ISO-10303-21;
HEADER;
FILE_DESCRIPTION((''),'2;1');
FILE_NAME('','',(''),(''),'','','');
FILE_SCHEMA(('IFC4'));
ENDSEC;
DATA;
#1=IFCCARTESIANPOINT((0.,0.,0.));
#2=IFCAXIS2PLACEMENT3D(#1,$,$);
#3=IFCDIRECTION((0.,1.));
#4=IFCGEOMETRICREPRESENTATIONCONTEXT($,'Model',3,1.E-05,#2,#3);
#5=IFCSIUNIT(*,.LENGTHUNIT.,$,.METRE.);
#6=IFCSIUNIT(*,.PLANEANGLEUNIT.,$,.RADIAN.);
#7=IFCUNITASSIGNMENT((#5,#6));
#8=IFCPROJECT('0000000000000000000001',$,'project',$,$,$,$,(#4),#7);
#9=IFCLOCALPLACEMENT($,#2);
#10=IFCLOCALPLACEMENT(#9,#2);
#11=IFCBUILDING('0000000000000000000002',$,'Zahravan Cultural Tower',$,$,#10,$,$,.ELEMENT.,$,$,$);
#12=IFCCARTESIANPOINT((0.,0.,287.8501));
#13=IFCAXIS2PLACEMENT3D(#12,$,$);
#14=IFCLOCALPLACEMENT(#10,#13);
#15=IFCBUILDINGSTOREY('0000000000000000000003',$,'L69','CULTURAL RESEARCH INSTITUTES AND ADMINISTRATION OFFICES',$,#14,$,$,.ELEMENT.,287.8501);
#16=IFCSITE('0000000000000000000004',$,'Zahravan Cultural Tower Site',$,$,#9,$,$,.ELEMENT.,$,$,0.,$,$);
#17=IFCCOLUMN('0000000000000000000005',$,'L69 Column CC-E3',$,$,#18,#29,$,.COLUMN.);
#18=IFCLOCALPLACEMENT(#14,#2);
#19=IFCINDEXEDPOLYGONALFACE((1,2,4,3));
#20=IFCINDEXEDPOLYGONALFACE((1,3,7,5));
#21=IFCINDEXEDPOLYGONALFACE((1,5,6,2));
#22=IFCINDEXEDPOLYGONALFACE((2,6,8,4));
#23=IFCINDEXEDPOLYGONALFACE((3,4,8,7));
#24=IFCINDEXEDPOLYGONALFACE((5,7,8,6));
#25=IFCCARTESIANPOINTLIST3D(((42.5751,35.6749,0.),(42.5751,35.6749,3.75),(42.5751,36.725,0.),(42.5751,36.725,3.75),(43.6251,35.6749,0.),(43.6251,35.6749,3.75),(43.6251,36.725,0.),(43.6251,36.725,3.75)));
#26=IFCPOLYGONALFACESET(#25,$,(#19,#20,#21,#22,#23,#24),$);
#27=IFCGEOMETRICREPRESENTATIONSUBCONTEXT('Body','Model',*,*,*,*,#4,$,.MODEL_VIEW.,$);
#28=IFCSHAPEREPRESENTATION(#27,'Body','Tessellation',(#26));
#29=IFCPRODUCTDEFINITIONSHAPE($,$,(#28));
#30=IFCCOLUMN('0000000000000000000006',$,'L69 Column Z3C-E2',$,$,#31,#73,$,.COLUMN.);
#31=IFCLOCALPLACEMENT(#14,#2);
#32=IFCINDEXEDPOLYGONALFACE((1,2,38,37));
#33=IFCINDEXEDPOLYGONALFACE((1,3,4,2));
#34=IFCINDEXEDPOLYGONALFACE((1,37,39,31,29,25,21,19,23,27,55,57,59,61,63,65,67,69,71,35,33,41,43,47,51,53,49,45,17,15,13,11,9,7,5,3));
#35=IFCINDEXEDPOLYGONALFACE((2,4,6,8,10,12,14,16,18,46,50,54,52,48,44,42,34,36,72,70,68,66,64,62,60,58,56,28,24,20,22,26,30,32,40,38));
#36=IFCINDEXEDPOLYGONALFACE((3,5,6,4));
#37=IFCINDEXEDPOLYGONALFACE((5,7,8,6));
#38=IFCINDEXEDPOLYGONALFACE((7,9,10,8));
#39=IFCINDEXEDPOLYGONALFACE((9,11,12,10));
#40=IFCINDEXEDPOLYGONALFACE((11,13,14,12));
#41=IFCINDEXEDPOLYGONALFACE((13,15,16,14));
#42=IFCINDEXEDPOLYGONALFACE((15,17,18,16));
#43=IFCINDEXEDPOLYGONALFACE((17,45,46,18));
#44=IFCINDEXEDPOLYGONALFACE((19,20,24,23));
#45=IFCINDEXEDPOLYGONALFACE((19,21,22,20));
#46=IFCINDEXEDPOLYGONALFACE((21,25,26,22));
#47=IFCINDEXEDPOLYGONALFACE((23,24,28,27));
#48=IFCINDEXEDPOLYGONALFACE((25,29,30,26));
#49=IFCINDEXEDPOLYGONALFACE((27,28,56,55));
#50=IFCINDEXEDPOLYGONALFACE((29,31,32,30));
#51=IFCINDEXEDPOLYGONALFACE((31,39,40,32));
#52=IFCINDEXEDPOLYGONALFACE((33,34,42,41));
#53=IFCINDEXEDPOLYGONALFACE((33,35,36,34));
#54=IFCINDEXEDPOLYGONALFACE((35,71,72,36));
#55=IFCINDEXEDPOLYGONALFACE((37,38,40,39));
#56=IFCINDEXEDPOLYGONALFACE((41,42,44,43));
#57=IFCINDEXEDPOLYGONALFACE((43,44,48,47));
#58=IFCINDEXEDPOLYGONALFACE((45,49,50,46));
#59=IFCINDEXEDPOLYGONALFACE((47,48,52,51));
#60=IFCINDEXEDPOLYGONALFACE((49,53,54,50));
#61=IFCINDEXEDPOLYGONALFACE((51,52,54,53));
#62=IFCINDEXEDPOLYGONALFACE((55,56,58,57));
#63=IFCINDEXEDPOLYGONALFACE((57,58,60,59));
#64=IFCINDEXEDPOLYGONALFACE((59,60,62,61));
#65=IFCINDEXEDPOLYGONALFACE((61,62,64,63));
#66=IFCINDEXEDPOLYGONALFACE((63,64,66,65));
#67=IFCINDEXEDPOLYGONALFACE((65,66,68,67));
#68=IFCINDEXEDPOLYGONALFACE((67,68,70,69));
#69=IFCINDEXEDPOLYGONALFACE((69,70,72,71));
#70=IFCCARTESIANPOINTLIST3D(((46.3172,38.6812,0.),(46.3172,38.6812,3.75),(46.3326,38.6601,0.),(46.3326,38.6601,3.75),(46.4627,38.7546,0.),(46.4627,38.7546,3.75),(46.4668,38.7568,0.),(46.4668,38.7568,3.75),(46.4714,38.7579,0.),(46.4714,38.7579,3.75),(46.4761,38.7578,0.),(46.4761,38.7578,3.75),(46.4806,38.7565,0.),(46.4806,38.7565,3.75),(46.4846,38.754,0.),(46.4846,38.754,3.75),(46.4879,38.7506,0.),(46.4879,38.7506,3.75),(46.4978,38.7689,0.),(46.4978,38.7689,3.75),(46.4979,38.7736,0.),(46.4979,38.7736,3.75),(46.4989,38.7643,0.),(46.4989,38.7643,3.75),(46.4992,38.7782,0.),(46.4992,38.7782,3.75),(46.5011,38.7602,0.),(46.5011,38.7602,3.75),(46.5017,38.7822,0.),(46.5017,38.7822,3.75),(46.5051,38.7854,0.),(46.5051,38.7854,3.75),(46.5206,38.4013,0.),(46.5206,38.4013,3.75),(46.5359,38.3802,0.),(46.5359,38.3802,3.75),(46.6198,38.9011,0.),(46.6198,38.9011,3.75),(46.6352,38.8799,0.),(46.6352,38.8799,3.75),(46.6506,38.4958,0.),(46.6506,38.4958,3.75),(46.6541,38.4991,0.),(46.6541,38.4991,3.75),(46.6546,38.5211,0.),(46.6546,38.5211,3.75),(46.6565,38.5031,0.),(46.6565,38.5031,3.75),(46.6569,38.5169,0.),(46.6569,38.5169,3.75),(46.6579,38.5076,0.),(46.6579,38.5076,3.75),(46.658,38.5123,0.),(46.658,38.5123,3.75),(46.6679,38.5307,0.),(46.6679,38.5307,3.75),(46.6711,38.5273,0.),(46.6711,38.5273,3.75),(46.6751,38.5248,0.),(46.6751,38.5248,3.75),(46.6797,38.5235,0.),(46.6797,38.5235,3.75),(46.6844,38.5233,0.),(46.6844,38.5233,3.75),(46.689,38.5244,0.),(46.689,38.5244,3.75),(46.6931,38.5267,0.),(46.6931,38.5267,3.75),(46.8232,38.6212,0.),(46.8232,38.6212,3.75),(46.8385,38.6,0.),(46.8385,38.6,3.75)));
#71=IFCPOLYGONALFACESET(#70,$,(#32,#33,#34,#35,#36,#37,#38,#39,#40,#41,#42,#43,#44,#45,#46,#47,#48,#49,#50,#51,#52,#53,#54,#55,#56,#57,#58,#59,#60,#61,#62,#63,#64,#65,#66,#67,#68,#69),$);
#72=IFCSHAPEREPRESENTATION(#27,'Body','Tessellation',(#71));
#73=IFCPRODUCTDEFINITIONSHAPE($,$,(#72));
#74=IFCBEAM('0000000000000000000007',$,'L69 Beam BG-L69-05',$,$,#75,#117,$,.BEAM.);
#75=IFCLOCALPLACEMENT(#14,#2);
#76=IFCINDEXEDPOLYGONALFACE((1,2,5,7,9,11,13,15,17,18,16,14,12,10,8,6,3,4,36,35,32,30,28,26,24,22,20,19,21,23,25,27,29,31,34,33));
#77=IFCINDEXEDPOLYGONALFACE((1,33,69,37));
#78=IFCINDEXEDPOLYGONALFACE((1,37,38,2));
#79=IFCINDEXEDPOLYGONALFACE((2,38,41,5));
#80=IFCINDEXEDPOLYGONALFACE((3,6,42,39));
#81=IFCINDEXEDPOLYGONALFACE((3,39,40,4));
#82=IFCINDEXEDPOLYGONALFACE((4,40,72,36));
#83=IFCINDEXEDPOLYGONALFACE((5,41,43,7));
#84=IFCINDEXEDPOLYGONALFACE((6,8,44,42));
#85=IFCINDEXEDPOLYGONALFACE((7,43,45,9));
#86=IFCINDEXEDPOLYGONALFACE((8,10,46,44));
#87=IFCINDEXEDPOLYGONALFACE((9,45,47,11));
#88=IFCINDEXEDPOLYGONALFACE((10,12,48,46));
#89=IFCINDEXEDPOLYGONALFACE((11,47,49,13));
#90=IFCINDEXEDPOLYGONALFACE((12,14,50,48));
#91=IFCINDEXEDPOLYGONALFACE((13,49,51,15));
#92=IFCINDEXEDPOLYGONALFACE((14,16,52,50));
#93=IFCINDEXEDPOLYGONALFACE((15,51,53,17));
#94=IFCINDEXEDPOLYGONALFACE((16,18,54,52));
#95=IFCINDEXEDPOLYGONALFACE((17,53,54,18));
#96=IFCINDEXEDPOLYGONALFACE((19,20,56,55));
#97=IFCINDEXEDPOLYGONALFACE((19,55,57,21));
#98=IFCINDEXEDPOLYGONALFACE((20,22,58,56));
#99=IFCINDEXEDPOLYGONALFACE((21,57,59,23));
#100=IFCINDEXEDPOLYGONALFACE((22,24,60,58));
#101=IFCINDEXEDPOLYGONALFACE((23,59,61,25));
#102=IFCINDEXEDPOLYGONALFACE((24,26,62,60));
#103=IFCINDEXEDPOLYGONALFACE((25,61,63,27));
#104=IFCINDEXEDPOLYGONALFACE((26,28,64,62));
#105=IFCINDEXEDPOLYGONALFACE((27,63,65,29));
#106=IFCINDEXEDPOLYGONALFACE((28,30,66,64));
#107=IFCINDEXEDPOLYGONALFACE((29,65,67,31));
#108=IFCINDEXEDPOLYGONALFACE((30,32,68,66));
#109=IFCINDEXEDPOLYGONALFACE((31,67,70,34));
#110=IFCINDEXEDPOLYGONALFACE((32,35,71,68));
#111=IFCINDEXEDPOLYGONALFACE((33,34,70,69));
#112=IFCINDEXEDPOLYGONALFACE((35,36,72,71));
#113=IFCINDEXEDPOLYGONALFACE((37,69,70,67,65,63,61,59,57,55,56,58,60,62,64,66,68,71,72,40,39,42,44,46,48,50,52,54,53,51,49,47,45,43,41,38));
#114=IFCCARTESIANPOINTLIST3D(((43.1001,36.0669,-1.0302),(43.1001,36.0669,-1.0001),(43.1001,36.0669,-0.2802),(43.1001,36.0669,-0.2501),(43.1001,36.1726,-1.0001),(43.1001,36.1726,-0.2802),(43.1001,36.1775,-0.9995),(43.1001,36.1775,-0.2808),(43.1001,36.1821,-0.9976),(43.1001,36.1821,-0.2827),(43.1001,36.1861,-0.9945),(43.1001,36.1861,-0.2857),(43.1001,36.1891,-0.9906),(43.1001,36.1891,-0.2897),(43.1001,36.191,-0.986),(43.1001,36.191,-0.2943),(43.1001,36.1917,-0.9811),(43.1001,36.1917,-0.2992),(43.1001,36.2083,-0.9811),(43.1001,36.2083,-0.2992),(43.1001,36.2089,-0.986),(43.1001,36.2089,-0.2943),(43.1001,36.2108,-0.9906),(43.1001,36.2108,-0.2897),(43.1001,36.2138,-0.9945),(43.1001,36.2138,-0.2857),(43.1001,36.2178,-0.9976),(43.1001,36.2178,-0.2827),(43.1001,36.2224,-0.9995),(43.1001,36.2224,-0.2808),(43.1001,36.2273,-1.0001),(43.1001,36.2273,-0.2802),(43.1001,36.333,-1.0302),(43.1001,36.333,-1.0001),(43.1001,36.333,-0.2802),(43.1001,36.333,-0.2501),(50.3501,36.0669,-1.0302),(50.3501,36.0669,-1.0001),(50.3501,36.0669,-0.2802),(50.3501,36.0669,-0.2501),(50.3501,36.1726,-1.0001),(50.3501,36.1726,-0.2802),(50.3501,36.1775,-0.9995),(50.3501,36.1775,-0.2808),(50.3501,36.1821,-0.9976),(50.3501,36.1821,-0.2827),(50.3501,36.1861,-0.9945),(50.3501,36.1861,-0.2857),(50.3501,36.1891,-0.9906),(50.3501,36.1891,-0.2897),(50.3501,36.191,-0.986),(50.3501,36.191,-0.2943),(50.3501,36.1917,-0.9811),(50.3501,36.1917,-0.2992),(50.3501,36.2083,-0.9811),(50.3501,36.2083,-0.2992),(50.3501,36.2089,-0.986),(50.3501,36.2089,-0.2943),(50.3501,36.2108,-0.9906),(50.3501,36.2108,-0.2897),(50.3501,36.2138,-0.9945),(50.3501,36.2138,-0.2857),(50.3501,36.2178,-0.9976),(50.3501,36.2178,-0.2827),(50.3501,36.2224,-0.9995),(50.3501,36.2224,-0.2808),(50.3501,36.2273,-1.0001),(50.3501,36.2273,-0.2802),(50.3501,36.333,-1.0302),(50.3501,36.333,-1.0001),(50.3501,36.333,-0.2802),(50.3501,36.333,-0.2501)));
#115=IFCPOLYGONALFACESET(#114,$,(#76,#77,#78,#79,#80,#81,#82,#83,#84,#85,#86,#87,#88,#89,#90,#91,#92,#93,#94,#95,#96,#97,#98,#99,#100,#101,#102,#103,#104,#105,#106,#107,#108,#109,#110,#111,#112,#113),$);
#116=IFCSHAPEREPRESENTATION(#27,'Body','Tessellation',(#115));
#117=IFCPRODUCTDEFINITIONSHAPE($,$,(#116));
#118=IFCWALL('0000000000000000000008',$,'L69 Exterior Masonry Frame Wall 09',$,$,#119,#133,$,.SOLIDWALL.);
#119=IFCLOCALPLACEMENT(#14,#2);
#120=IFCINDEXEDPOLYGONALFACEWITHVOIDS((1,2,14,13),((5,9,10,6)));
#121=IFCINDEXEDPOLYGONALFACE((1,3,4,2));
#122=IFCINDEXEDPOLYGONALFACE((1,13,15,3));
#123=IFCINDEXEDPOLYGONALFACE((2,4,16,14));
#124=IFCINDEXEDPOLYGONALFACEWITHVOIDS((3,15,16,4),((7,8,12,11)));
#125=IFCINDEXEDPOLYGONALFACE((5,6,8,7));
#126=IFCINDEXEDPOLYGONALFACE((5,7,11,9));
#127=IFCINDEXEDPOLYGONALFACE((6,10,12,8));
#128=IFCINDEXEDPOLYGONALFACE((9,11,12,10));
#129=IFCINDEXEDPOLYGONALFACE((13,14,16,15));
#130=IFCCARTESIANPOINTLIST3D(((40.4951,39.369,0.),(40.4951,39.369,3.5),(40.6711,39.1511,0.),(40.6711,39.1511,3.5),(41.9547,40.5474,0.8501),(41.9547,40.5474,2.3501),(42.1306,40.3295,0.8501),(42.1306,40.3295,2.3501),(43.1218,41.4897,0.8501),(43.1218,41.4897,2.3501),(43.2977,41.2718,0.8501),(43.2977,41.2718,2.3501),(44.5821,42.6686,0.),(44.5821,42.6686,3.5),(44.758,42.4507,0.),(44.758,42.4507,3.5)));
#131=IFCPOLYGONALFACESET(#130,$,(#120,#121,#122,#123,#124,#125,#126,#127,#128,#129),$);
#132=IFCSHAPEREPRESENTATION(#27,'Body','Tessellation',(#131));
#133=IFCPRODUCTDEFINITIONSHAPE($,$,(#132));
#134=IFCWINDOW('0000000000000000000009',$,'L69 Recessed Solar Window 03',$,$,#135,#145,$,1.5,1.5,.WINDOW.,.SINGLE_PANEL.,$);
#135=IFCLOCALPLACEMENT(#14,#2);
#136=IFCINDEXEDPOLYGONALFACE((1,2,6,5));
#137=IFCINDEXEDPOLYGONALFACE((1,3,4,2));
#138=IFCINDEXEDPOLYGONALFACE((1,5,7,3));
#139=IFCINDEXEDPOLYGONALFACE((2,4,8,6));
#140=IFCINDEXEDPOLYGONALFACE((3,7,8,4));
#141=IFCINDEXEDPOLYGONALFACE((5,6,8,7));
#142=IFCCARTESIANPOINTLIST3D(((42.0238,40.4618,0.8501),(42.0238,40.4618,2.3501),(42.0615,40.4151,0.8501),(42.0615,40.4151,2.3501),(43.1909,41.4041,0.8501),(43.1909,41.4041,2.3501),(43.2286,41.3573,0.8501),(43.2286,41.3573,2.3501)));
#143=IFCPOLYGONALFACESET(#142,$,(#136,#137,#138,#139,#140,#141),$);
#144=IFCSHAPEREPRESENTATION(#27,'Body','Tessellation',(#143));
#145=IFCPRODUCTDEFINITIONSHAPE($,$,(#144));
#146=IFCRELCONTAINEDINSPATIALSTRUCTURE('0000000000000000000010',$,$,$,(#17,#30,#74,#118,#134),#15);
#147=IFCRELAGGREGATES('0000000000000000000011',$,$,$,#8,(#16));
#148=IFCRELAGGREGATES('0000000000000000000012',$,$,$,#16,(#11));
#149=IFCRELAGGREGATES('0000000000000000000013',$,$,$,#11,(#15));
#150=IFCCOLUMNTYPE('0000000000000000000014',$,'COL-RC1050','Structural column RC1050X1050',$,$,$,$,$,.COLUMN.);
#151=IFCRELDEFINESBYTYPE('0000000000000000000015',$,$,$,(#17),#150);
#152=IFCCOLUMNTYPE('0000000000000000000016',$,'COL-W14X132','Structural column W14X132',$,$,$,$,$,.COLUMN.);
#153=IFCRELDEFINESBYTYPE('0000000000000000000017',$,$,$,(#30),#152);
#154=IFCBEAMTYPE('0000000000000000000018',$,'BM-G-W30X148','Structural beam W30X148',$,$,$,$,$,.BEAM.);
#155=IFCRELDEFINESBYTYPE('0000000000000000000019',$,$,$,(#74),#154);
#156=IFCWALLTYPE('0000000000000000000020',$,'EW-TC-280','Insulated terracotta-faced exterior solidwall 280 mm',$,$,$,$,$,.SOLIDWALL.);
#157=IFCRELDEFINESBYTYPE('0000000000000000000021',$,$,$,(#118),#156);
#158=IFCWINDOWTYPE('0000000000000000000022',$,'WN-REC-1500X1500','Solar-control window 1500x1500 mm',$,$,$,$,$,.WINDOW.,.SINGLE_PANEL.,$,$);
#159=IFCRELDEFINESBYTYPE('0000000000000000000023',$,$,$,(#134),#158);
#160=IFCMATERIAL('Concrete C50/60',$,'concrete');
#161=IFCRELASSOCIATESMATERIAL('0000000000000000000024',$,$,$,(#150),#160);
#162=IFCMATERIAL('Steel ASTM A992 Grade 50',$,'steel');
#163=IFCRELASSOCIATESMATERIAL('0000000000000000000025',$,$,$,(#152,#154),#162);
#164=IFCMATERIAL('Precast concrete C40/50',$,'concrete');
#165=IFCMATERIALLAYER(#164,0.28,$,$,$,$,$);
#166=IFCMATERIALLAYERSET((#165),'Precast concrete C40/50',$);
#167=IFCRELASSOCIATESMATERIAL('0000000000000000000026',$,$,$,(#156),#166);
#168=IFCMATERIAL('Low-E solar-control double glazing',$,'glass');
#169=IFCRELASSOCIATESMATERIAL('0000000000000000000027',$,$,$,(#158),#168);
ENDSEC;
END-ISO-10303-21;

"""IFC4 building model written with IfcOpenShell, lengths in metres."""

from ifc_helpers import new_model, si_unit, direction, frame, frame_2d, origin, origin_2d, place, context, subcontext, project, spatial, rectangle, i_section, extrude, source, transform, mapped, material, layer, layer_set, material_profile, profile_set, type_object, element, fill, save


model = new_model("IFC4")

# Units and contexts
model_context = context("Model", 3, precision=1e-05, world=origin(), true_north=direction((0.0, 1.0)))
body_context = subcontext(model_context, "Body", "Model", "MODEL_VIEW")
ifc_project = project(units=[si_unit("LENGTHUNIT", "METRE"), si_unit("PLANEANGLEUNIT", "RADIAN")], contexts=[model_context])

# Site, building, storey
site_placement = place(None, origin())
site = spatial("IfcSite", under=ifc_project, at=site_placement, Name="Zahravan Cultural Tower Site", CompositionType="ELEMENT", RefElevation=0.0)
building_placement = place(site_placement, origin())
building = spatial("IfcBuilding", under=site, at=building_placement, Name="Zahravan Cultural Tower", CompositionType="ELEMENT")
storey_placement = place(building_placement, frame((0.0, 0.0, 287.8501)))
storey = spatial("IfcBuildingStorey", under=building, at=storey_placement, Name="L69", Description="CULTURAL RESEARCH INSTITUTES AND ADMINISTRATION OFFICES", CompositionType="ELEMENT", Elevation=287.8501)

# Columns
ifc_material_1 = material(Name="Concrete C50/60", Category="concrete")
ifc_material_profile_1 = material_profile(ifc_material_1, rectangle(XDim=1.05, YDim=1.05, at=origin_2d()), Name="RC1050X1050")
ifc_profile_set_1 = profile_set([ifc_material_profile_1], Name="Concrete C50/60")
column_type_1 = type_object("IfcColumnType", Name="COL-RC1050", Description="Structural column RC1050X1050", PredefinedType="COLUMN", material=ifc_profile_set_1)
shared_shape_1 = source(origin(), body_context, "Body", "SweptSolid", [
    extrude(rectangle(XDim=1.05, YDim=1.05, at=origin_2d()), origin(), (0.0, 0.0, 1.0), 3.75),
])
column_1_placement = place(storey_placement, frame((43.1001, 36.2, 0.0), z_axis=(0.0, 0.0, 1.0), x_axis=(1.0, 0.0, 0.0)))
element("IfcColumn", 1, at=column_1_placement, inside=storey, type_object=column_type_1, Name="L69 Column CC-E3", PredefinedType="COLUMN", context=body_context, shape_type="MappedRepresentation", body=[
    mapped(shared_shape_1, transform((0.0, 0.0, 0.0), x_axis=(1.0, 0.0, 0.0), y_axis=(0.0, 1.0, 0.0), z_axis=(0.0, 0.0, 1.0), scale=1.0)),
])
ifc_material_2 = material(Name="Steel ASTM A992 Grade 50", Category="steel")
ifc_material_profile_2 = material_profile(ifc_material_2, i_section(OverallWidth=0.374, OverallDepth=0.3721, WebThickness=0.0164, FlangeThickness=0.0261, FilletRadius=0.0181, at=origin_2d()), Name="W14X132")
ifc_profile_set_2 = profile_set([ifc_material_profile_2], Name="Steel ASTM A992 Grade 50")
column_type_2 = type_object("IfcColumnType", Name="COL-W14X132", Description="Structural column W14X132", PredefinedType="COLUMN", material=ifc_profile_set_2)
shared_shape_2 = source(origin(), body_context, "Body", "SweptSolid", [
    extrude(i_section(OverallWidth=0.374, OverallDepth=0.3721, WebThickness=0.0164, FlangeThickness=0.0261, FilletRadius=0.0181, at=origin_2d()), origin(), (0.0, 0.0, 1.0), 3.75),
])
column_2_placement = place(storey_placement, frame((46.5779, 38.6406, 0.0), z_axis=(0.0, 0.0, 1.0), x_axis=(0.809017, 0.587785, 0.0)))
element("IfcColumn", 2, at=column_2_placement, inside=storey, type_object=column_type_2, Name="L69 Column Z3C-E2", PredefinedType="COLUMN", context=body_context, shape_type="MappedRepresentation", body=[
    mapped(shared_shape_2, transform((0.0, 0.0, 0.0), x_axis=(1.0, 0.0, 0.0), y_axis=(0.0, 1.0, 0.0), z_axis=(0.0, 0.0, 1.0), scale=1.0)),
])

# Beam
ifc_material_profile_3 = material_profile(ifc_material_2, i_section(OverallWidth=0.2661, OverallDepth=0.78, WebThickness=0.0166, FlangeThickness=0.03, FilletRadius=0.019, at=origin_2d()), Name="W30X148")
ifc_profile_set_3 = profile_set([ifc_material_profile_3], Name="Steel ASTM A992 Grade 50")
beam_type = type_object("IfcBeamType", Name="BM-G-W30X148", Description="Structural beam W30X148", PredefinedType="BEAM", material=ifc_profile_set_3)
shared_shape_3 = source(origin(), body_context, "Body", "SweptSolid", [
    extrude(i_section(OverallWidth=0.2661, OverallDepth=0.78, WebThickness=0.0166, FlangeThickness=0.03, FilletRadius=0.019, at=origin_2d()), origin(), (0.0, 0.0, 1.0), 7.25),
])
beam_placement = place(storey_placement, frame((43.1001, 36.2, -0.6401), z_axis=(1.0, 0.0, 0.0), x_axis=(0.0, 1.0, 0.0)))
element("IfcBeam", 3, at=beam_placement, inside=storey, type_object=beam_type, Name="L69 Beam BG-L69-05", PredefinedType="BEAM", context=body_context, shape_type="MappedRepresentation", body=[
    mapped(shared_shape_3, transform((0.0, 0.0, 0.0), x_axis=(1.0, 0.0, 0.0), y_axis=(0.0, 1.0, 0.0), z_axis=(0.0, 0.0, 1.0), scale=1.0)),
])

# Wall, opening, window
ifc_material_3 = material(Name="Precast concrete C40/50", Category="concrete")
ifc_layer_1 = layer(ifc_material_3, 0.28)
ifc_layer_set_1 = layer_set([ifc_layer_1], Name="Precast concrete C40/50")
wall_type_1 = type_object("IfcWallType", Name="EW-TC-280", Description="Insulated terracotta-faced exterior solidwall 280 mm", PredefinedType="SOLIDWALL", material=ifc_layer_set_1)
wall_1_placement = place(storey_placement, frame((40.583, 39.26, 0.0), z_axis=(0.0, 0.0, 1.0), x_axis=(0.778072, 0.628175, 0.0)))
wall_1 = element("IfcWall", 4, at=wall_1_placement, inside=storey, type_object=wall_type_1, Name="L69 Exterior Masonry Frame Wall 09", PredefinedType="SOLIDWALL", context=body_context, shape_type="SweptSolid", body=[
    extrude(rectangle(XDim=5.2527, YDim=0.28, at=frame_2d((2.6265, 0.0))), origin(), (0.0, 0.0, 1.0), 3.5),
])
opening_1_placement = place(wall_1_placement, frame((1.876, 0.0, 0.8501)))
opening_1 = element("IfcOpeningElement", 5, at=opening_1_placement, cuts=wall_1, PredefinedType="OPENING", context=body_context, shape_type="SweptSolid", body=[
    extrude(rectangle(XDim=1.5, YDim=1.5, at=frame_2d((0.75, 0.75))), frame((0.0, 0.1499, 0.0), z_axis=(0.0, -1.0, 0.0), x_axis=(1.0, 0.0, 0.0)), (0.0, 0.0, 1.0), 0.3),
])
ifc_material_4 = material(Name="Low-E solar-control double glazing", Category="glass")
window_type = type_object("IfcWindowType", Name="WN-REC-1500X1500", Description="Solar-control window 1500x1500 mm", PartitioningType="SINGLE_PANEL", PredefinedType="WINDOW", material=ifc_material_4)
shared_shape_4 = source(origin(), body_context, "Body", "SweptSolid", [
    extrude(rectangle(XDim=1.5, YDim=1.5, at=frame_2d((0.75, 0.75))), frame((0.0, 0.03, 0.0), z_axis=(0.0, -1.0, 0.0), x_axis=(1.0, 0.0, 0.0)), (0.0, 0.0, 1.0), 0.0601),
])
window_placement = place(opening_1_placement, origin())
window = element("IfcWindow", 6, at=window_placement, inside=storey, type_object=window_type, Name="L69 Recessed Solar Window 03", OverallHeight=1.5, OverallWidth=1.5, PartitioningType="SINGLE_PANEL", PredefinedType="WINDOW", context=body_context, shape_type="MappedRepresentation", body=[
    mapped(shared_shape_4, transform((0.0, 0.0, 0.0), x_axis=(1.0, 0.0, 0.0), y_axis=(0.0, 1.0, 0.0), z_axis=(0.0, 0.0, 1.0), scale=1.0)),
])
fill(opening_1, window)

save(model, "model.ifc")
